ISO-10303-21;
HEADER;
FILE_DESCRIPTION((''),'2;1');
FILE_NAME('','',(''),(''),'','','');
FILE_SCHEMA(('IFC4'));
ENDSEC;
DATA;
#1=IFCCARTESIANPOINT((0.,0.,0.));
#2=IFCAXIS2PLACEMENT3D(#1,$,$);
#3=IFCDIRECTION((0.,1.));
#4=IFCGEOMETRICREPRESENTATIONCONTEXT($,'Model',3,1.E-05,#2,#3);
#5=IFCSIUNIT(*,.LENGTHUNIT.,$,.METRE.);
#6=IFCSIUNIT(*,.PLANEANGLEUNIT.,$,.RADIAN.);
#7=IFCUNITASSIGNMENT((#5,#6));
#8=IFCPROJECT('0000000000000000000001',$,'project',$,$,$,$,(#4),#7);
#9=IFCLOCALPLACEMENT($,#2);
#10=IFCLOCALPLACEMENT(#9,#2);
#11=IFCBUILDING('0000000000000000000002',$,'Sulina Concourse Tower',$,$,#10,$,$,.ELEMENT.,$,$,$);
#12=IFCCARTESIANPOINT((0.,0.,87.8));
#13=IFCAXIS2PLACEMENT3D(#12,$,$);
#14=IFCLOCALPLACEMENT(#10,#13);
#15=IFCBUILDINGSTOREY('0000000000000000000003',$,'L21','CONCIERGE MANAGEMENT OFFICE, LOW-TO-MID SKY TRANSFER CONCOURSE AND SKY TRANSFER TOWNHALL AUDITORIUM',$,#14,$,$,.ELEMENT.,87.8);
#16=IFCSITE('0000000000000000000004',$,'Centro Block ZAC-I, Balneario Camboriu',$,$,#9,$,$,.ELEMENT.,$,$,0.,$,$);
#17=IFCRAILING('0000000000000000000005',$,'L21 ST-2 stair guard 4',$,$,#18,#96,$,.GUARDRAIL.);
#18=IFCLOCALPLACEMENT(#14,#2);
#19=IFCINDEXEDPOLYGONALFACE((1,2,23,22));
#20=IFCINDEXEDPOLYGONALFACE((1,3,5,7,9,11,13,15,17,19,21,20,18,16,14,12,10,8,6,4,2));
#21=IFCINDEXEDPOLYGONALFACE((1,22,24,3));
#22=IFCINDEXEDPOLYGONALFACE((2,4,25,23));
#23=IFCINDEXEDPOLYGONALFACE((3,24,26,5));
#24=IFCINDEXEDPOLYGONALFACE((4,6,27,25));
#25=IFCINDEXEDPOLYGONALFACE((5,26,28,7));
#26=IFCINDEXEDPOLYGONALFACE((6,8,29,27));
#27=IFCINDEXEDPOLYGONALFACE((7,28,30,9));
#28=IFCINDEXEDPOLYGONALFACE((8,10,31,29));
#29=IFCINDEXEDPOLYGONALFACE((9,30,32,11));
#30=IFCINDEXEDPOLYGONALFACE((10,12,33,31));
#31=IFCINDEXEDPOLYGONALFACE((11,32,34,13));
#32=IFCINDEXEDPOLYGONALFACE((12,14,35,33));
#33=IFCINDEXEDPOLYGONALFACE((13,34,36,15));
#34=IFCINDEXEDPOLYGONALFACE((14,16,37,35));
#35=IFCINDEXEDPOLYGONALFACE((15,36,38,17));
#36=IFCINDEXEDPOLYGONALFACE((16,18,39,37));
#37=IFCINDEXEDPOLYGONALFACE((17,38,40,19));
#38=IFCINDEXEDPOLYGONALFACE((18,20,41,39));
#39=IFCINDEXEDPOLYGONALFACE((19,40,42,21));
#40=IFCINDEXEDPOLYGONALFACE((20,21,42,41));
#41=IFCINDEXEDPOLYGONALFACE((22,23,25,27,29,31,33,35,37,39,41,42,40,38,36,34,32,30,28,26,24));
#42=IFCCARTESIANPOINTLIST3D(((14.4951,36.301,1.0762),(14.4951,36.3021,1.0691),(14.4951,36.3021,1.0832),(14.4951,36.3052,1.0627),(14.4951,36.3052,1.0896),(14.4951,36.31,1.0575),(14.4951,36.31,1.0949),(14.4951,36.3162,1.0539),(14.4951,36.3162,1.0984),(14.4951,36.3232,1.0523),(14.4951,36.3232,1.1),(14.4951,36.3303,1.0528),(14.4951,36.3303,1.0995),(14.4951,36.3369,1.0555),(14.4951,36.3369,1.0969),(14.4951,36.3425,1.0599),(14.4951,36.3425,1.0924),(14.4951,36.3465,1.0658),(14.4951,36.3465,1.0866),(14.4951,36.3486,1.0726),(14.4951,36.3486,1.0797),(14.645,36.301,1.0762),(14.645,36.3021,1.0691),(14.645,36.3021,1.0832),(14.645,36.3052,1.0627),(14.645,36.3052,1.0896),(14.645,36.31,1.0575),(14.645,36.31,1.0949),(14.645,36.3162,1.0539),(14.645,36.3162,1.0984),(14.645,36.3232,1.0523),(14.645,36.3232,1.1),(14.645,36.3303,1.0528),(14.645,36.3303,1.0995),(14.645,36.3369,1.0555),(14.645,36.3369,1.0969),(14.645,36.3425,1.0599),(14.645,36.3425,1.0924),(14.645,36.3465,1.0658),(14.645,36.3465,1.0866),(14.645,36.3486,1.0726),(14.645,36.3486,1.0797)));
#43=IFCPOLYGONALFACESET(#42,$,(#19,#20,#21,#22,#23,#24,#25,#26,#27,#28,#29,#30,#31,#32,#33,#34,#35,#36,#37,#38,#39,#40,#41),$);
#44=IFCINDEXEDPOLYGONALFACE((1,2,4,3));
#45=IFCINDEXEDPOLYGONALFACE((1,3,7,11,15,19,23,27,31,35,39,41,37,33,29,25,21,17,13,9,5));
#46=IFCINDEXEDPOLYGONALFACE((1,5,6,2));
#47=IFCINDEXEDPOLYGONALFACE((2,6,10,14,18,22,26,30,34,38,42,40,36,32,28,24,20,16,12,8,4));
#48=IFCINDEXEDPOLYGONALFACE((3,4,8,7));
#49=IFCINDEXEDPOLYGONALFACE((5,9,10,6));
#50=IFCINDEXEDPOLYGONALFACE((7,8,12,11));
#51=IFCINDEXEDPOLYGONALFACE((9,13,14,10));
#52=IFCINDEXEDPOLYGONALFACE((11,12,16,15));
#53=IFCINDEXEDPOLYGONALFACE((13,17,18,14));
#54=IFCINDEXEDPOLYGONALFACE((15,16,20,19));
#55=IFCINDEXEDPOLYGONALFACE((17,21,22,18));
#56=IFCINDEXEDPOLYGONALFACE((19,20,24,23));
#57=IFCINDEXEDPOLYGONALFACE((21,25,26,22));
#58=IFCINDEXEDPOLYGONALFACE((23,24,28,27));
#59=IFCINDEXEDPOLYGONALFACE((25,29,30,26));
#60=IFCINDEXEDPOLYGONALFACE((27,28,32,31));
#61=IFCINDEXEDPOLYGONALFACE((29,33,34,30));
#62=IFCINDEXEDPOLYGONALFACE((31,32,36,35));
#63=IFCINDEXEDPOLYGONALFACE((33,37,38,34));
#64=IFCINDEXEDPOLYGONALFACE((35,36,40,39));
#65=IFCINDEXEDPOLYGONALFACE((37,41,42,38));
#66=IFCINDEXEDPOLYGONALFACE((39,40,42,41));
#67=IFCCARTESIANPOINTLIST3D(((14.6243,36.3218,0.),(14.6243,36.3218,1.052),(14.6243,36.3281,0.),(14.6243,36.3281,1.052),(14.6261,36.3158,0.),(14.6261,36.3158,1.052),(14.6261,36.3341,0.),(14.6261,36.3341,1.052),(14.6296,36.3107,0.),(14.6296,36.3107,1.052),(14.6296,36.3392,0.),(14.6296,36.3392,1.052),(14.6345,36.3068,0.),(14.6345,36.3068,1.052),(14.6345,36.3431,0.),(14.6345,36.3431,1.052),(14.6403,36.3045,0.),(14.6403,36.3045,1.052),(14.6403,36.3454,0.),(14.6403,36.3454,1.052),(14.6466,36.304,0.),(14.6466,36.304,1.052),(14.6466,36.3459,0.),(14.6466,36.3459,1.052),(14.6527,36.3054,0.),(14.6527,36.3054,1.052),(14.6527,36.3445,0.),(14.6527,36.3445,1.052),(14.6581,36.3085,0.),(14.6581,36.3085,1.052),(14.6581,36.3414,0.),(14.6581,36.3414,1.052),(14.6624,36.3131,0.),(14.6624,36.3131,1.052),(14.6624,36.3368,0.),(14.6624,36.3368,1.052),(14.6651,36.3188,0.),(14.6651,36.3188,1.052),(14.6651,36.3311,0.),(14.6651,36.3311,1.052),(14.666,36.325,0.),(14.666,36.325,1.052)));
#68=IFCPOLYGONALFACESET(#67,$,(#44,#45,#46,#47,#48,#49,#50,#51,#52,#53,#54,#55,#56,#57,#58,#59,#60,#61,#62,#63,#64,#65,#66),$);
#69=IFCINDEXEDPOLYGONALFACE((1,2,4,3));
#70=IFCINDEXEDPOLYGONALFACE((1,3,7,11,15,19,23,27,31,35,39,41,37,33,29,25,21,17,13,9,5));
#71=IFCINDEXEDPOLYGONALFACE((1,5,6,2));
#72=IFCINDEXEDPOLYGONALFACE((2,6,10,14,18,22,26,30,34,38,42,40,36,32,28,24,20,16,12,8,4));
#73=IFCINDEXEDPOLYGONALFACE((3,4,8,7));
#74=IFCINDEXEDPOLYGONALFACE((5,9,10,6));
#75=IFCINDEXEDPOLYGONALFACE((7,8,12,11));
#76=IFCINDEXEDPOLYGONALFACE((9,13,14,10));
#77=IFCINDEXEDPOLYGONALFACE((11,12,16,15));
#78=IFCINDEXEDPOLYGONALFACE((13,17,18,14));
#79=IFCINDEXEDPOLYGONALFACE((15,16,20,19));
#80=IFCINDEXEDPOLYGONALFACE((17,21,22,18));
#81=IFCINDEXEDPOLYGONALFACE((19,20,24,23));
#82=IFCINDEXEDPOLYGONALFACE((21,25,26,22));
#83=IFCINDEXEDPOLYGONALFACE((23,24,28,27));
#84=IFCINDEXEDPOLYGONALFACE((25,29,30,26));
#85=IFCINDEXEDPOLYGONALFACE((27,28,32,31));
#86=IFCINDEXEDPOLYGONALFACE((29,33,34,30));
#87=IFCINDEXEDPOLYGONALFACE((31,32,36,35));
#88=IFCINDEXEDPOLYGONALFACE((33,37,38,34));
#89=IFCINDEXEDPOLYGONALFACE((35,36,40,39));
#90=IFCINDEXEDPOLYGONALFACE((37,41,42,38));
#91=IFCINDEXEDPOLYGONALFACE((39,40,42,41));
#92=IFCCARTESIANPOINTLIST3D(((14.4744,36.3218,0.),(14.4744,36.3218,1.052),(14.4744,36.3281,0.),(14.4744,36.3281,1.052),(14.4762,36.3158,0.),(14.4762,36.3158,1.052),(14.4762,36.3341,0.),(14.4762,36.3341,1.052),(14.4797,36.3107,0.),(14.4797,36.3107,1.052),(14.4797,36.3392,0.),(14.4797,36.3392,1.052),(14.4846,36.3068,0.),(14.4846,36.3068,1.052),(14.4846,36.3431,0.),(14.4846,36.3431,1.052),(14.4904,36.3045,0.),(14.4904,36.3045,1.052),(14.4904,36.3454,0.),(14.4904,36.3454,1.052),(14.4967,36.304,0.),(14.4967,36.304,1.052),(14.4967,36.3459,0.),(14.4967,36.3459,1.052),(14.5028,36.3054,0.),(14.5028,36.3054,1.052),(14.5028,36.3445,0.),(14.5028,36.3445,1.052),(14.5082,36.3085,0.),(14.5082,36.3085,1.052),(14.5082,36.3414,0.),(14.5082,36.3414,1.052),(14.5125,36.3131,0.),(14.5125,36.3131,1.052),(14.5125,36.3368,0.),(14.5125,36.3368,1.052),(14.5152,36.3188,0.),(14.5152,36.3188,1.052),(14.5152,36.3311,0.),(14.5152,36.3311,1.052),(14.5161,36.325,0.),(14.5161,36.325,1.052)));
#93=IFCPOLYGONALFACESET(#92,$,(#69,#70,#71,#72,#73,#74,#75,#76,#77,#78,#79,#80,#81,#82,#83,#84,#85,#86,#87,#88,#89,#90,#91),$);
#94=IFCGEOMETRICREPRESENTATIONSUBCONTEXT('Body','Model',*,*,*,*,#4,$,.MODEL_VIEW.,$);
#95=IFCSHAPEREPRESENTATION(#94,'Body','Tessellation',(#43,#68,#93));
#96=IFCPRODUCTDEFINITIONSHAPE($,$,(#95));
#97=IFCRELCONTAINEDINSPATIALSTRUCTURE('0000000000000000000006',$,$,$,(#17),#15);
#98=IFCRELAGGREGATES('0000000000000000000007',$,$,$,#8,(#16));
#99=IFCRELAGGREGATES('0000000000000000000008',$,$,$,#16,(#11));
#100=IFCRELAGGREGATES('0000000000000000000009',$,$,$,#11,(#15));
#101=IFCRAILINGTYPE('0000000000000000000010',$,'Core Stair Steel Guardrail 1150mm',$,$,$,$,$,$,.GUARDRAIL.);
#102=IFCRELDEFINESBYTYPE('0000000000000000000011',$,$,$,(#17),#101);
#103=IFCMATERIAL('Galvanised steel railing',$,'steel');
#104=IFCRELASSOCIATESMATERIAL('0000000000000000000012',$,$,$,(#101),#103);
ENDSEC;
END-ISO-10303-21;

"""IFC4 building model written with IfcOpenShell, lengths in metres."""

from ifc_helpers import new_model, si_unit, direction, frame, origin, origin_2d, place, context, subcontext, project, spatial, circle, extrude, material, type_object, element, save


model = new_model("IFC4")

# Units and contexts
model_context = context("Model", 3, precision=1e-05, world=origin(), true_north=direction((0.0, 1.0)))
body_context = subcontext(model_context, "Body", "Model", "MODEL_VIEW")
ifc_project = project(units=[si_unit("LENGTHUNIT", "METRE"), si_unit("PLANEANGLEUNIT", "RADIAN")], contexts=[model_context])

# Site, building, storey
site_placement = place(None, origin())
site = spatial("IfcSite", under=ifc_project, at=site_placement, Name="Centro Block ZAC-I, Balneario Camboriu", CompositionType="ELEMENT", RefElevation=0.0)
building_placement = place(site_placement, origin())
building = spatial("IfcBuilding", under=site, at=building_placement, Name="Sulina Concourse Tower", CompositionType="ELEMENT")
storey_placement = place(building_placement, frame((0.0, 0.0, 87.8)))
storey = spatial("IfcBuildingStorey", under=building, at=storey_placement, Name="L21", Description="CONCIERGE MANAGEMENT OFFICE, LOW-TO-MID SKY TRANSFER CONCOURSE AND SKY TRANSFER TOWNHALL AUDITORIUM", CompositionType="ELEMENT", Elevation=87.8)

# Railing
ifc_material_1 = material(Name="Galvanised steel railing", Category="steel")
railing_type_1 = type_object("IfcRailingType", Name="Core Stair Steel Guardrail 1150mm", PredefinedType="GUARDRAIL", material=ifc_material_1)
railing_1_placement = place(storey_placement, frame((14.645, 36.325, 0.0)))
element("IfcRailing", 1, at=railing_1_placement, inside=storey, type_object=railing_type_1, Name="L21 ST-2 stair guard 4", PredefinedType="GUARDRAIL", context=body_context, shape_type="SweptSolid", body=[
    extrude(circle(Radius=0.0239, at=origin_2d()), frame((0.0, 0.0, 1.0762), z_axis=(-1.0, 0.0, 0.0), x_axis=(0.0, -1.0, 0.0)), (0.0, 0.0, 1.0), 0.1499),
    extrude(circle(Radius=0.021, at=origin_2d()), origin(), (0.0, 0.0, 1.0), 1.052),
    extrude(circle(Radius=0.021, at=origin_2d()), frame((-0.1499, 0.0, 0.0)), (0.0, 0.0, 1.0), 1.052),
])

save(model, "model.ifc")
